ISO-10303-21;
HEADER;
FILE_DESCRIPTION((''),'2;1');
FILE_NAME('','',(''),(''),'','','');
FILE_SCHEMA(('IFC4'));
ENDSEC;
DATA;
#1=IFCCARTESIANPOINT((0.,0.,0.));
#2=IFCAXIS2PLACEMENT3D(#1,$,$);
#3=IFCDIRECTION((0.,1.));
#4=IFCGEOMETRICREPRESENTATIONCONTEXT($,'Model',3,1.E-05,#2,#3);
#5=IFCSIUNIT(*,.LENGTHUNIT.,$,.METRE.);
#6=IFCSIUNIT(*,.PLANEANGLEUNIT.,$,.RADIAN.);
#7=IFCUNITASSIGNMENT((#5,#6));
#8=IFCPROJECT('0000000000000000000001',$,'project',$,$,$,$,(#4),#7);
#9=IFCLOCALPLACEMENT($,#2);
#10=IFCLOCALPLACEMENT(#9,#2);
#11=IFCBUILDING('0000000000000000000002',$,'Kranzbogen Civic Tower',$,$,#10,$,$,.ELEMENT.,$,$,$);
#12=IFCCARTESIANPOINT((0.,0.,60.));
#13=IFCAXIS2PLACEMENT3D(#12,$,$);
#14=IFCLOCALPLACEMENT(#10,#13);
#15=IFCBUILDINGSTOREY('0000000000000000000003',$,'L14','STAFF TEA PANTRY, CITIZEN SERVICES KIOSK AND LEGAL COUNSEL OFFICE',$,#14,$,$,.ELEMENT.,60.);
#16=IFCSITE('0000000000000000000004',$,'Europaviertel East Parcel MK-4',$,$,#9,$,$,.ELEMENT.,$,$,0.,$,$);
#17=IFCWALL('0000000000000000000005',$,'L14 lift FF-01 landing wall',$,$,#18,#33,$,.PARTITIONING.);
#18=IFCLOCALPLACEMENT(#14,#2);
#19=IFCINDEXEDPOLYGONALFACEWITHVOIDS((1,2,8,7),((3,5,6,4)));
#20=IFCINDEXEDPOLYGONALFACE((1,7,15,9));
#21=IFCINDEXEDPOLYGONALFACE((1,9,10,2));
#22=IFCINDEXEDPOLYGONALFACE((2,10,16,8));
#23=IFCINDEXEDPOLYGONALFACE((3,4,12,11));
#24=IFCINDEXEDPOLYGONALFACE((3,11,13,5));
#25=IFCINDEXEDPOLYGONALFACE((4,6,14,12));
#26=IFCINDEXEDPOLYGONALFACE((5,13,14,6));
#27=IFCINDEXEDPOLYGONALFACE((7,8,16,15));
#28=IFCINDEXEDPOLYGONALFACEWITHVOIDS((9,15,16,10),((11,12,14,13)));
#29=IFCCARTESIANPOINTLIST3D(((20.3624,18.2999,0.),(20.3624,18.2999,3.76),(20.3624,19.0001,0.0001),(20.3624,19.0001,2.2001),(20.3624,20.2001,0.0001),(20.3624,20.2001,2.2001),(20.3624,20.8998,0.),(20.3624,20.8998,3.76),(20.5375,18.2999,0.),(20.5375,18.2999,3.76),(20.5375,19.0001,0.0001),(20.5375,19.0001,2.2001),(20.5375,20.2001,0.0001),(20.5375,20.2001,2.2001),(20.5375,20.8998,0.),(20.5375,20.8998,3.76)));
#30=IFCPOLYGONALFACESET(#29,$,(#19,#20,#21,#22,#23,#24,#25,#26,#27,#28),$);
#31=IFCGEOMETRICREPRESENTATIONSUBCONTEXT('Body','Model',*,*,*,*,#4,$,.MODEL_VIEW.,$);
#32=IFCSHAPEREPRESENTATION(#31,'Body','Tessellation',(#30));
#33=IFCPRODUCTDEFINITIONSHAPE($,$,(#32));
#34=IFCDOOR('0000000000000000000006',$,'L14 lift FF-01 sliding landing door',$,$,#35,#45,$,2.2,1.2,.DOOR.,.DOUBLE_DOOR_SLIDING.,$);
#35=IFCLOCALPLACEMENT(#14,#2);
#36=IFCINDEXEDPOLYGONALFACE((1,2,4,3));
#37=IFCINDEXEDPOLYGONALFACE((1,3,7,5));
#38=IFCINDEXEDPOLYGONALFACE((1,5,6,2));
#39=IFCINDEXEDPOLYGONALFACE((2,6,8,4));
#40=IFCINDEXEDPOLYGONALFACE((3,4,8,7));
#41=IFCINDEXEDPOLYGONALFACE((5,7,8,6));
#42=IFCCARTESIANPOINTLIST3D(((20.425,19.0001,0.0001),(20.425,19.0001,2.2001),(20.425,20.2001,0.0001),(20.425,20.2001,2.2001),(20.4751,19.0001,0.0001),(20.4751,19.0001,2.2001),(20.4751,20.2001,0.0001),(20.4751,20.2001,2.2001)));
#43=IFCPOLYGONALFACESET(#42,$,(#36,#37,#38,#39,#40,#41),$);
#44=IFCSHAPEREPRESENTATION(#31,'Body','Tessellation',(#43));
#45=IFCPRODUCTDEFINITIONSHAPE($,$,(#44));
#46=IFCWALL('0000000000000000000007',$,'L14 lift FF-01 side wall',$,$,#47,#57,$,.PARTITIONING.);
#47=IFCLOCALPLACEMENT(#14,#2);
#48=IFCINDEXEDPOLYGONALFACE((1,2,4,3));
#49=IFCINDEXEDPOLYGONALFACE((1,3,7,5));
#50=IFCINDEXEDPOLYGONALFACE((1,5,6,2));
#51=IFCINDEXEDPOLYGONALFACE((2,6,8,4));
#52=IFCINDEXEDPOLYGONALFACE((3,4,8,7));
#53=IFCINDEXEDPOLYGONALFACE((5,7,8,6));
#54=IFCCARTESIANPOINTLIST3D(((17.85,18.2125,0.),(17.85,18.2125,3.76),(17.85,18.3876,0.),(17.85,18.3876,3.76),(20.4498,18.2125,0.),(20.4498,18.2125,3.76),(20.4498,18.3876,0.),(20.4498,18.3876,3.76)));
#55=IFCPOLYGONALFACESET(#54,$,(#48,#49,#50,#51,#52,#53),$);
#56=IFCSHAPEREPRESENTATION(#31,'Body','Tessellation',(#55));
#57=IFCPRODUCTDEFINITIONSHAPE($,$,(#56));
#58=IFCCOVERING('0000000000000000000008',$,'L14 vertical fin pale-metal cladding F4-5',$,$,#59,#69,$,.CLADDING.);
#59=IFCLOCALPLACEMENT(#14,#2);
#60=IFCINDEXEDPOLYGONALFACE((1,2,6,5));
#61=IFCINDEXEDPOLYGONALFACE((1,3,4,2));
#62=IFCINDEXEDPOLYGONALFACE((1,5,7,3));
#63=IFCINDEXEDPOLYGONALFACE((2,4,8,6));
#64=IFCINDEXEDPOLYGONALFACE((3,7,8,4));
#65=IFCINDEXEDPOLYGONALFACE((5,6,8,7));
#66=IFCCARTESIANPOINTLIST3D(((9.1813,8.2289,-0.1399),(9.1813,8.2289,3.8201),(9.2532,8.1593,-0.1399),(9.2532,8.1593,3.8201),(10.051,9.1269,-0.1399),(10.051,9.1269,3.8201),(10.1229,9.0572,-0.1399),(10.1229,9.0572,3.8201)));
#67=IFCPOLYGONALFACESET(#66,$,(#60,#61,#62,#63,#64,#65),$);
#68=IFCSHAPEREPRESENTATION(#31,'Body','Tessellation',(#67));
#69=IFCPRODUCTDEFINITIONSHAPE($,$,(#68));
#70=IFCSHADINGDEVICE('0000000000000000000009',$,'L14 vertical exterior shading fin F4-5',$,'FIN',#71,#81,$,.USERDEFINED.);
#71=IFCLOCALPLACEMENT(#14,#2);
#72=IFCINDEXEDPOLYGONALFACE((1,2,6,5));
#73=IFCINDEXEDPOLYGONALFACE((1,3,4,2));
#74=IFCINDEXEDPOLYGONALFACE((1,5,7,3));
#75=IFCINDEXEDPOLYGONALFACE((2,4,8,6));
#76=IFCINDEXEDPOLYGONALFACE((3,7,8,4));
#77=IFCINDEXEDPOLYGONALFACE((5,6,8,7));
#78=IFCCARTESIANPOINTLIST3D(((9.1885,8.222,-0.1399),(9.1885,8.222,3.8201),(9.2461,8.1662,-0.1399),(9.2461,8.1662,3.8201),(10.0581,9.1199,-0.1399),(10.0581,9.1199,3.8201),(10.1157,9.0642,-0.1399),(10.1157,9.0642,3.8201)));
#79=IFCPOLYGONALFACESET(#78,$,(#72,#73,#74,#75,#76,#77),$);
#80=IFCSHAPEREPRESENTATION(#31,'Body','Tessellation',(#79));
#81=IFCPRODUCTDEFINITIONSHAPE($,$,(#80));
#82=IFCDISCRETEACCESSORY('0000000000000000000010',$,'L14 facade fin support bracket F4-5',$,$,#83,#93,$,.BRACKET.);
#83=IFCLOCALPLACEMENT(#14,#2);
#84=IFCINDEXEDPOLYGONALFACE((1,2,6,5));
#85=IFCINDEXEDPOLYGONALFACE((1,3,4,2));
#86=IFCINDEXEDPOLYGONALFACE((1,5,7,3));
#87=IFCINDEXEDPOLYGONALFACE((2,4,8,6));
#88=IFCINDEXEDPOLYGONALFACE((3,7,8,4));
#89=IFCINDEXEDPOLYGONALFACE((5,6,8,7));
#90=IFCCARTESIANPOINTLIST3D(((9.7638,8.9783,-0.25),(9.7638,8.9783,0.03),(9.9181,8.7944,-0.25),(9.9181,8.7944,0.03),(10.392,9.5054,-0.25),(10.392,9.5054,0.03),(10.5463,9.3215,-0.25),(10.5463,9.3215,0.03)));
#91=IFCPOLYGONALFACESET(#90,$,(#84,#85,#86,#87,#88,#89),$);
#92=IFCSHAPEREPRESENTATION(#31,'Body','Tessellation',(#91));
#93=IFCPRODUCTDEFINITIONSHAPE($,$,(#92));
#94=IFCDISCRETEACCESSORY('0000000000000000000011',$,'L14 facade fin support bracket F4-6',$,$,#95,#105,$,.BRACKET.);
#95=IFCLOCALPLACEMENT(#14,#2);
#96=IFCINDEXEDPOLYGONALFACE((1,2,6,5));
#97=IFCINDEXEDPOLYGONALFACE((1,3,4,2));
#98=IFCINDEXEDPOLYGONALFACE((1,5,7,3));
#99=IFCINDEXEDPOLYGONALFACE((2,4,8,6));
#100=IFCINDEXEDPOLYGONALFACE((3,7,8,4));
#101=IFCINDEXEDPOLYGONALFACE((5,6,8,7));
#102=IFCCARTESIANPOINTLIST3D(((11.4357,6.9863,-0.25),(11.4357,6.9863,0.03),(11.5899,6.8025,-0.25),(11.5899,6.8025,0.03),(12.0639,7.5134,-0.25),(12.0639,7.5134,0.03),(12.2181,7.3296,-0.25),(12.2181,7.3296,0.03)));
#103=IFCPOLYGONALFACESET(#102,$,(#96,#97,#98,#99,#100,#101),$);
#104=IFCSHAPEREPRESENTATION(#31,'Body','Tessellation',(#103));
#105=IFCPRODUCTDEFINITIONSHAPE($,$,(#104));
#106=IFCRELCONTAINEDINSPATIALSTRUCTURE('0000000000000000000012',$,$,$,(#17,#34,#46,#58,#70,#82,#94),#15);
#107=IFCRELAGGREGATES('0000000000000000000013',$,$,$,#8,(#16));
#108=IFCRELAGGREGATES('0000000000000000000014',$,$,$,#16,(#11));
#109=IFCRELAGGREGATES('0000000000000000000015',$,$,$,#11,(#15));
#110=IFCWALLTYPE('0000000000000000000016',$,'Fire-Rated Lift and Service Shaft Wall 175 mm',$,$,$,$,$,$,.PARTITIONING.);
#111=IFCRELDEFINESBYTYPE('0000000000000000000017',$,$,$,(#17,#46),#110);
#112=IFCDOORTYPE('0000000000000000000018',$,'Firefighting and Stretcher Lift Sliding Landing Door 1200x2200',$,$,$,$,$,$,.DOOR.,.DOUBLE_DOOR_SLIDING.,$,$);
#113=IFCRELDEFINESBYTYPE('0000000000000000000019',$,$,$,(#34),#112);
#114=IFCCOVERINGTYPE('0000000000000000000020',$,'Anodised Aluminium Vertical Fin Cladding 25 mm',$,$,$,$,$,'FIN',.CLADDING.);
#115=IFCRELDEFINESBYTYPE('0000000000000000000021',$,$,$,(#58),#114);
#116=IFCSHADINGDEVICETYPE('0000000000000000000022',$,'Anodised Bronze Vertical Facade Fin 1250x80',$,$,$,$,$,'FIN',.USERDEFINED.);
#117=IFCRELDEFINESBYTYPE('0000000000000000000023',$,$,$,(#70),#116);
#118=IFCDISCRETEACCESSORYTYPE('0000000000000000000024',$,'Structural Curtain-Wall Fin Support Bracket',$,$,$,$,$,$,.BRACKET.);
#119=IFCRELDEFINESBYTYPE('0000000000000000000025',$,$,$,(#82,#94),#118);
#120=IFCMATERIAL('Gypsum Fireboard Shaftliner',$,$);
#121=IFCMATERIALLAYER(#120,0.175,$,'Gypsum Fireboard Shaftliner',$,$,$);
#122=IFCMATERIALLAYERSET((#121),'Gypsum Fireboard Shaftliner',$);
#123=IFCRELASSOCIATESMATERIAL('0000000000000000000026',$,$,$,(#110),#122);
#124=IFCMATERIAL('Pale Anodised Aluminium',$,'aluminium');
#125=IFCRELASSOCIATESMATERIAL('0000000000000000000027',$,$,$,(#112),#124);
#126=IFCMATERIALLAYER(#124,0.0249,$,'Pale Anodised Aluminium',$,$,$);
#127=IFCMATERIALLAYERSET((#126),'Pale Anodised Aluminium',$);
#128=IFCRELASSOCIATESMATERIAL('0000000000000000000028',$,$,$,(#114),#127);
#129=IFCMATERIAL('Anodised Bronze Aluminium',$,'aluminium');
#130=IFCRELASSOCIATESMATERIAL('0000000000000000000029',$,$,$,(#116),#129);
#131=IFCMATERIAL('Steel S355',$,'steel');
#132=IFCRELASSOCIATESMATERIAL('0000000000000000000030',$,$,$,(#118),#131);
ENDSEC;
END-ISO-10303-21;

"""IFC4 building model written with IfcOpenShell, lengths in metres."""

from ifc_helpers import new_model, si_unit, direction, frame, frame_2d, origin, origin_2d, place, context, subcontext, project, spatial, rectangle, extrude, material, layer, layer_set, type_object, element, fill, save


model = new_model("IFC4")

# Units and contexts
model_context = context("Model", 3, precision=1e-05, world=origin(), true_north=direction((0.0, 1.0)))
body_context = subcontext(model_context, "Body", "Model", "MODEL_VIEW")
ifc_project = project(units=[si_unit("LENGTHUNIT", "METRE"), si_unit("PLANEANGLEUNIT", "RADIAN")], contexts=[model_context])

# Site, building, storey
site_placement = place(None, origin())
site = spatial("IfcSite", under=ifc_project, at=site_placement, Name="Europaviertel East Parcel MK-4", CompositionType="ELEMENT", RefElevation=0.0)
building_placement = place(site_placement, origin())
building = spatial("IfcBuilding", under=site, at=building_placement, Name="Kranzbogen Civic Tower", CompositionType="ELEMENT")
storey_placement = place(building_placement, frame((0.0, 0.0, 60.0)))
storey = spatial("IfcBuildingStorey", under=building, at=storey_placement, Name="L14", Description="STAFF TEA PANTRY, CITIZEN SERVICES KIOSK AND LEGAL COUNSEL OFFICE", CompositionType="ELEMENT", Elevation=60.0)

# Shared definitions
ifc_material_1 = material(Name="Pale Anodised Aluminium", Category="aluminium")

# Shared definitions
ifc_material_2 = material(Name="Steel S355", Category="steel")

# Wall, opening, door
ifc_material_3 = material(Name="Gypsum Fireboard Shaftliner")
ifc_layer_1 = layer(ifc_material_3, 0.175, Name="Gypsum Fireboard Shaftliner")
ifc_layer_set_1 = layer_set([ifc_layer_1], Name="Gypsum Fireboard Shaftliner")
wall_type_1 = type_object("IfcWallType", Name="Fire-Rated Lift and Service Shaft Wall 175 mm", PredefinedType="PARTITIONING", material=ifc_layer_set_1)
wall_1_placement = place(storey_placement, frame((20.45, 18.3, 0.0), z_axis=(0.0, 0.0, 1.0), x_axis=(0.0, 1.0, 0.0)))
wall_1 = element("IfcWall", 1, at=wall_1_placement, inside=storey, type_object=wall_type_1, Name="L14 lift FF-01 landing wall", PredefinedType="PARTITIONING", context=body_context, shape_type="SweptSolid", body=[
    extrude(rectangle(XDim=2.5999, YDim=0.175, at=frame_2d((1.2998, 0.0))), origin(), (0.0, 0.0, 1.0), 3.76),
])
opening_1_placement = place(wall_1_placement, frame((0.7, 0.0, 0.0)))
opening_1 = element("IfcOpeningElement", 2, at=opening_1_placement, cuts=wall_1, PredefinedType="OPENING", context=body_context, shape_type="SweptSolid", body=[
    extrude(rectangle(XDim=1.2, YDim=2.2, at=frame_2d((0.6001, 1.1001))), frame((0.0, 0.0977, 0.0), z_axis=(0.0, -1.0, 0.0), x_axis=(1.0, 0.0, 0.0)), (0.0, 0.0, 1.0), 0.1951),
])
door_type_1 = type_object("IfcDoorType", Name="Firefighting and Stretcher Lift Sliding Landing Door 1200x2200", OperationType="DOUBLE_DOOR_SLIDING", PredefinedType="DOOR", material=ifc_material_1)
door_1_placement = place(opening_1_placement, origin())
door_1 = element("IfcDoor", 3, at=door_1_placement, inside=storey, type_object=door_type_1, Name="L14 lift FF-01 sliding landing door", OperationType="DOUBLE_DOOR_SLIDING", OverallHeight=2.2, OverallWidth=1.2, PredefinedType="DOOR", context=body_context, shape_type="SweptSolid", body=[
    extrude(rectangle(XDim=1.2, YDim=2.2, at=frame_2d((0.6001, 1.1001))), frame((0.0, 0.0249, 0.0), z_axis=(0.0, -1.0, 0.0), x_axis=(1.0, 0.0, 0.0)), (0.0, 0.0, 1.0), 0.05),
])
fill(opening_1, door_1)

# Wall
wall_2_placement = place(storey_placement, frame((17.8501, 18.3, 0.0), z_axis=(0.0, 0.0, 1.0), x_axis=(1.0, 0.0, 0.0)))
element("IfcWall", 4, at=wall_2_placement, inside=storey, type_object=wall_type_1, Name="L14 lift FF-01 side wall", PredefinedType="PARTITIONING", context=body_context, shape_type="SweptSolid", body=[
    extrude(rectangle(XDim=2.5999, YDim=0.175, at=frame_2d((1.2998, 0.0))), origin(), (0.0, 0.0, 1.0), 3.76),
])

# Covering
ifc_layer_2 = layer(ifc_material_1, 0.0249, Name="Pale Anodised Aluminium")
ifc_layer_set_2 = layer_set([ifc_layer_2], Name="Pale Anodised Aluminium")
covering_type = type_object("IfcCoveringType", Name="Anodised Aluminium Vertical Fin Cladding 25 mm", ElementType="FIN", PredefinedType="CLADDING", material=ifc_layer_set_2)
covering_placement = place(storey_placement, frame((9.6521, 8.6431, -0.1399), z_axis=(0.0, 0.0, 1.0), x_axis=(-0.695687, -0.718345, 0.0)))
element("IfcCovering", 5, at=covering_placement, inside=storey, type_object=covering_type, Name="L14 vertical fin pale-metal cladding F4-5", PredefinedType="CLADDING", context=body_context, shape_type="SweptSolid", body=[
    extrude(rectangle(XDim=1.25, YDim=0.1001, at=origin_2d()), origin(), (0.0, 0.0, 1.0), 3.96),
])

# Shading device
ifc_material_4 = material(Name="Anodised Bronze Aluminium", Category="aluminium")
shading_device_type = type_object("IfcShadingDeviceType", Name="Anodised Bronze Vertical Facade Fin 1250x80", ElementType="FIN", PredefinedType="USERDEFINED", material=ifc_material_4)
shading_device_placement = place(storey_placement, frame((9.6521, 8.6431, -0.1399), z_axis=(0.0, 0.0, 1.0), x_axis=(-0.695687, -0.718345, 0.0)))
element("IfcShadingDevice", 6, at=shading_device_placement, inside=storey, type_object=shading_device_type, Name="L14 vertical exterior shading fin F4-5", ObjectType="FIN", PredefinedType="USERDEFINED", context=body_context, shape_type="SweptSolid", body=[
    extrude(rectangle(XDim=1.25, YDim=0.0801, at=origin_2d()), origin(), (0.0, 0.0, 1.0), 3.96),
])

# Discrete accessories
discrete_accessory_type = type_object("IfcDiscreteAccessoryType", Name="Structural Curtain-Wall Fin Support Bracket", PredefinedType="BRACKET", material=ifc_material_2)
for number, where, z_axis, x_axis, name in (
    (7, (10.155, 9.1499, -0.25), (0.0, 0.0, 1.0), (-0.766044, -0.642788, 0.0), "L14 facade fin support bracket F4-5"),
    (8, (11.8269, 7.158, -0.25), (0.0, 0.0, 1.0), (-0.766044, -0.642788, 0.0), "L14 facade fin support bracket F4-6"),
):
    element("IfcDiscreteAccessory", number, at=place(storey_placement, frame(where, z_axis=z_axis, x_axis=x_axis)), inside=storey, type_object=discrete_accessory_type, Name=name, PredefinedType="BRACKET", context=body_context, shape_type="SweptSolid", body=[
        extrude(rectangle(XDim=0.8201, YDim=0.24, at=origin_2d()), origin(), (0.0, 0.0, 1.0), 0.28),
    ])

save(model, "model.ifc")
